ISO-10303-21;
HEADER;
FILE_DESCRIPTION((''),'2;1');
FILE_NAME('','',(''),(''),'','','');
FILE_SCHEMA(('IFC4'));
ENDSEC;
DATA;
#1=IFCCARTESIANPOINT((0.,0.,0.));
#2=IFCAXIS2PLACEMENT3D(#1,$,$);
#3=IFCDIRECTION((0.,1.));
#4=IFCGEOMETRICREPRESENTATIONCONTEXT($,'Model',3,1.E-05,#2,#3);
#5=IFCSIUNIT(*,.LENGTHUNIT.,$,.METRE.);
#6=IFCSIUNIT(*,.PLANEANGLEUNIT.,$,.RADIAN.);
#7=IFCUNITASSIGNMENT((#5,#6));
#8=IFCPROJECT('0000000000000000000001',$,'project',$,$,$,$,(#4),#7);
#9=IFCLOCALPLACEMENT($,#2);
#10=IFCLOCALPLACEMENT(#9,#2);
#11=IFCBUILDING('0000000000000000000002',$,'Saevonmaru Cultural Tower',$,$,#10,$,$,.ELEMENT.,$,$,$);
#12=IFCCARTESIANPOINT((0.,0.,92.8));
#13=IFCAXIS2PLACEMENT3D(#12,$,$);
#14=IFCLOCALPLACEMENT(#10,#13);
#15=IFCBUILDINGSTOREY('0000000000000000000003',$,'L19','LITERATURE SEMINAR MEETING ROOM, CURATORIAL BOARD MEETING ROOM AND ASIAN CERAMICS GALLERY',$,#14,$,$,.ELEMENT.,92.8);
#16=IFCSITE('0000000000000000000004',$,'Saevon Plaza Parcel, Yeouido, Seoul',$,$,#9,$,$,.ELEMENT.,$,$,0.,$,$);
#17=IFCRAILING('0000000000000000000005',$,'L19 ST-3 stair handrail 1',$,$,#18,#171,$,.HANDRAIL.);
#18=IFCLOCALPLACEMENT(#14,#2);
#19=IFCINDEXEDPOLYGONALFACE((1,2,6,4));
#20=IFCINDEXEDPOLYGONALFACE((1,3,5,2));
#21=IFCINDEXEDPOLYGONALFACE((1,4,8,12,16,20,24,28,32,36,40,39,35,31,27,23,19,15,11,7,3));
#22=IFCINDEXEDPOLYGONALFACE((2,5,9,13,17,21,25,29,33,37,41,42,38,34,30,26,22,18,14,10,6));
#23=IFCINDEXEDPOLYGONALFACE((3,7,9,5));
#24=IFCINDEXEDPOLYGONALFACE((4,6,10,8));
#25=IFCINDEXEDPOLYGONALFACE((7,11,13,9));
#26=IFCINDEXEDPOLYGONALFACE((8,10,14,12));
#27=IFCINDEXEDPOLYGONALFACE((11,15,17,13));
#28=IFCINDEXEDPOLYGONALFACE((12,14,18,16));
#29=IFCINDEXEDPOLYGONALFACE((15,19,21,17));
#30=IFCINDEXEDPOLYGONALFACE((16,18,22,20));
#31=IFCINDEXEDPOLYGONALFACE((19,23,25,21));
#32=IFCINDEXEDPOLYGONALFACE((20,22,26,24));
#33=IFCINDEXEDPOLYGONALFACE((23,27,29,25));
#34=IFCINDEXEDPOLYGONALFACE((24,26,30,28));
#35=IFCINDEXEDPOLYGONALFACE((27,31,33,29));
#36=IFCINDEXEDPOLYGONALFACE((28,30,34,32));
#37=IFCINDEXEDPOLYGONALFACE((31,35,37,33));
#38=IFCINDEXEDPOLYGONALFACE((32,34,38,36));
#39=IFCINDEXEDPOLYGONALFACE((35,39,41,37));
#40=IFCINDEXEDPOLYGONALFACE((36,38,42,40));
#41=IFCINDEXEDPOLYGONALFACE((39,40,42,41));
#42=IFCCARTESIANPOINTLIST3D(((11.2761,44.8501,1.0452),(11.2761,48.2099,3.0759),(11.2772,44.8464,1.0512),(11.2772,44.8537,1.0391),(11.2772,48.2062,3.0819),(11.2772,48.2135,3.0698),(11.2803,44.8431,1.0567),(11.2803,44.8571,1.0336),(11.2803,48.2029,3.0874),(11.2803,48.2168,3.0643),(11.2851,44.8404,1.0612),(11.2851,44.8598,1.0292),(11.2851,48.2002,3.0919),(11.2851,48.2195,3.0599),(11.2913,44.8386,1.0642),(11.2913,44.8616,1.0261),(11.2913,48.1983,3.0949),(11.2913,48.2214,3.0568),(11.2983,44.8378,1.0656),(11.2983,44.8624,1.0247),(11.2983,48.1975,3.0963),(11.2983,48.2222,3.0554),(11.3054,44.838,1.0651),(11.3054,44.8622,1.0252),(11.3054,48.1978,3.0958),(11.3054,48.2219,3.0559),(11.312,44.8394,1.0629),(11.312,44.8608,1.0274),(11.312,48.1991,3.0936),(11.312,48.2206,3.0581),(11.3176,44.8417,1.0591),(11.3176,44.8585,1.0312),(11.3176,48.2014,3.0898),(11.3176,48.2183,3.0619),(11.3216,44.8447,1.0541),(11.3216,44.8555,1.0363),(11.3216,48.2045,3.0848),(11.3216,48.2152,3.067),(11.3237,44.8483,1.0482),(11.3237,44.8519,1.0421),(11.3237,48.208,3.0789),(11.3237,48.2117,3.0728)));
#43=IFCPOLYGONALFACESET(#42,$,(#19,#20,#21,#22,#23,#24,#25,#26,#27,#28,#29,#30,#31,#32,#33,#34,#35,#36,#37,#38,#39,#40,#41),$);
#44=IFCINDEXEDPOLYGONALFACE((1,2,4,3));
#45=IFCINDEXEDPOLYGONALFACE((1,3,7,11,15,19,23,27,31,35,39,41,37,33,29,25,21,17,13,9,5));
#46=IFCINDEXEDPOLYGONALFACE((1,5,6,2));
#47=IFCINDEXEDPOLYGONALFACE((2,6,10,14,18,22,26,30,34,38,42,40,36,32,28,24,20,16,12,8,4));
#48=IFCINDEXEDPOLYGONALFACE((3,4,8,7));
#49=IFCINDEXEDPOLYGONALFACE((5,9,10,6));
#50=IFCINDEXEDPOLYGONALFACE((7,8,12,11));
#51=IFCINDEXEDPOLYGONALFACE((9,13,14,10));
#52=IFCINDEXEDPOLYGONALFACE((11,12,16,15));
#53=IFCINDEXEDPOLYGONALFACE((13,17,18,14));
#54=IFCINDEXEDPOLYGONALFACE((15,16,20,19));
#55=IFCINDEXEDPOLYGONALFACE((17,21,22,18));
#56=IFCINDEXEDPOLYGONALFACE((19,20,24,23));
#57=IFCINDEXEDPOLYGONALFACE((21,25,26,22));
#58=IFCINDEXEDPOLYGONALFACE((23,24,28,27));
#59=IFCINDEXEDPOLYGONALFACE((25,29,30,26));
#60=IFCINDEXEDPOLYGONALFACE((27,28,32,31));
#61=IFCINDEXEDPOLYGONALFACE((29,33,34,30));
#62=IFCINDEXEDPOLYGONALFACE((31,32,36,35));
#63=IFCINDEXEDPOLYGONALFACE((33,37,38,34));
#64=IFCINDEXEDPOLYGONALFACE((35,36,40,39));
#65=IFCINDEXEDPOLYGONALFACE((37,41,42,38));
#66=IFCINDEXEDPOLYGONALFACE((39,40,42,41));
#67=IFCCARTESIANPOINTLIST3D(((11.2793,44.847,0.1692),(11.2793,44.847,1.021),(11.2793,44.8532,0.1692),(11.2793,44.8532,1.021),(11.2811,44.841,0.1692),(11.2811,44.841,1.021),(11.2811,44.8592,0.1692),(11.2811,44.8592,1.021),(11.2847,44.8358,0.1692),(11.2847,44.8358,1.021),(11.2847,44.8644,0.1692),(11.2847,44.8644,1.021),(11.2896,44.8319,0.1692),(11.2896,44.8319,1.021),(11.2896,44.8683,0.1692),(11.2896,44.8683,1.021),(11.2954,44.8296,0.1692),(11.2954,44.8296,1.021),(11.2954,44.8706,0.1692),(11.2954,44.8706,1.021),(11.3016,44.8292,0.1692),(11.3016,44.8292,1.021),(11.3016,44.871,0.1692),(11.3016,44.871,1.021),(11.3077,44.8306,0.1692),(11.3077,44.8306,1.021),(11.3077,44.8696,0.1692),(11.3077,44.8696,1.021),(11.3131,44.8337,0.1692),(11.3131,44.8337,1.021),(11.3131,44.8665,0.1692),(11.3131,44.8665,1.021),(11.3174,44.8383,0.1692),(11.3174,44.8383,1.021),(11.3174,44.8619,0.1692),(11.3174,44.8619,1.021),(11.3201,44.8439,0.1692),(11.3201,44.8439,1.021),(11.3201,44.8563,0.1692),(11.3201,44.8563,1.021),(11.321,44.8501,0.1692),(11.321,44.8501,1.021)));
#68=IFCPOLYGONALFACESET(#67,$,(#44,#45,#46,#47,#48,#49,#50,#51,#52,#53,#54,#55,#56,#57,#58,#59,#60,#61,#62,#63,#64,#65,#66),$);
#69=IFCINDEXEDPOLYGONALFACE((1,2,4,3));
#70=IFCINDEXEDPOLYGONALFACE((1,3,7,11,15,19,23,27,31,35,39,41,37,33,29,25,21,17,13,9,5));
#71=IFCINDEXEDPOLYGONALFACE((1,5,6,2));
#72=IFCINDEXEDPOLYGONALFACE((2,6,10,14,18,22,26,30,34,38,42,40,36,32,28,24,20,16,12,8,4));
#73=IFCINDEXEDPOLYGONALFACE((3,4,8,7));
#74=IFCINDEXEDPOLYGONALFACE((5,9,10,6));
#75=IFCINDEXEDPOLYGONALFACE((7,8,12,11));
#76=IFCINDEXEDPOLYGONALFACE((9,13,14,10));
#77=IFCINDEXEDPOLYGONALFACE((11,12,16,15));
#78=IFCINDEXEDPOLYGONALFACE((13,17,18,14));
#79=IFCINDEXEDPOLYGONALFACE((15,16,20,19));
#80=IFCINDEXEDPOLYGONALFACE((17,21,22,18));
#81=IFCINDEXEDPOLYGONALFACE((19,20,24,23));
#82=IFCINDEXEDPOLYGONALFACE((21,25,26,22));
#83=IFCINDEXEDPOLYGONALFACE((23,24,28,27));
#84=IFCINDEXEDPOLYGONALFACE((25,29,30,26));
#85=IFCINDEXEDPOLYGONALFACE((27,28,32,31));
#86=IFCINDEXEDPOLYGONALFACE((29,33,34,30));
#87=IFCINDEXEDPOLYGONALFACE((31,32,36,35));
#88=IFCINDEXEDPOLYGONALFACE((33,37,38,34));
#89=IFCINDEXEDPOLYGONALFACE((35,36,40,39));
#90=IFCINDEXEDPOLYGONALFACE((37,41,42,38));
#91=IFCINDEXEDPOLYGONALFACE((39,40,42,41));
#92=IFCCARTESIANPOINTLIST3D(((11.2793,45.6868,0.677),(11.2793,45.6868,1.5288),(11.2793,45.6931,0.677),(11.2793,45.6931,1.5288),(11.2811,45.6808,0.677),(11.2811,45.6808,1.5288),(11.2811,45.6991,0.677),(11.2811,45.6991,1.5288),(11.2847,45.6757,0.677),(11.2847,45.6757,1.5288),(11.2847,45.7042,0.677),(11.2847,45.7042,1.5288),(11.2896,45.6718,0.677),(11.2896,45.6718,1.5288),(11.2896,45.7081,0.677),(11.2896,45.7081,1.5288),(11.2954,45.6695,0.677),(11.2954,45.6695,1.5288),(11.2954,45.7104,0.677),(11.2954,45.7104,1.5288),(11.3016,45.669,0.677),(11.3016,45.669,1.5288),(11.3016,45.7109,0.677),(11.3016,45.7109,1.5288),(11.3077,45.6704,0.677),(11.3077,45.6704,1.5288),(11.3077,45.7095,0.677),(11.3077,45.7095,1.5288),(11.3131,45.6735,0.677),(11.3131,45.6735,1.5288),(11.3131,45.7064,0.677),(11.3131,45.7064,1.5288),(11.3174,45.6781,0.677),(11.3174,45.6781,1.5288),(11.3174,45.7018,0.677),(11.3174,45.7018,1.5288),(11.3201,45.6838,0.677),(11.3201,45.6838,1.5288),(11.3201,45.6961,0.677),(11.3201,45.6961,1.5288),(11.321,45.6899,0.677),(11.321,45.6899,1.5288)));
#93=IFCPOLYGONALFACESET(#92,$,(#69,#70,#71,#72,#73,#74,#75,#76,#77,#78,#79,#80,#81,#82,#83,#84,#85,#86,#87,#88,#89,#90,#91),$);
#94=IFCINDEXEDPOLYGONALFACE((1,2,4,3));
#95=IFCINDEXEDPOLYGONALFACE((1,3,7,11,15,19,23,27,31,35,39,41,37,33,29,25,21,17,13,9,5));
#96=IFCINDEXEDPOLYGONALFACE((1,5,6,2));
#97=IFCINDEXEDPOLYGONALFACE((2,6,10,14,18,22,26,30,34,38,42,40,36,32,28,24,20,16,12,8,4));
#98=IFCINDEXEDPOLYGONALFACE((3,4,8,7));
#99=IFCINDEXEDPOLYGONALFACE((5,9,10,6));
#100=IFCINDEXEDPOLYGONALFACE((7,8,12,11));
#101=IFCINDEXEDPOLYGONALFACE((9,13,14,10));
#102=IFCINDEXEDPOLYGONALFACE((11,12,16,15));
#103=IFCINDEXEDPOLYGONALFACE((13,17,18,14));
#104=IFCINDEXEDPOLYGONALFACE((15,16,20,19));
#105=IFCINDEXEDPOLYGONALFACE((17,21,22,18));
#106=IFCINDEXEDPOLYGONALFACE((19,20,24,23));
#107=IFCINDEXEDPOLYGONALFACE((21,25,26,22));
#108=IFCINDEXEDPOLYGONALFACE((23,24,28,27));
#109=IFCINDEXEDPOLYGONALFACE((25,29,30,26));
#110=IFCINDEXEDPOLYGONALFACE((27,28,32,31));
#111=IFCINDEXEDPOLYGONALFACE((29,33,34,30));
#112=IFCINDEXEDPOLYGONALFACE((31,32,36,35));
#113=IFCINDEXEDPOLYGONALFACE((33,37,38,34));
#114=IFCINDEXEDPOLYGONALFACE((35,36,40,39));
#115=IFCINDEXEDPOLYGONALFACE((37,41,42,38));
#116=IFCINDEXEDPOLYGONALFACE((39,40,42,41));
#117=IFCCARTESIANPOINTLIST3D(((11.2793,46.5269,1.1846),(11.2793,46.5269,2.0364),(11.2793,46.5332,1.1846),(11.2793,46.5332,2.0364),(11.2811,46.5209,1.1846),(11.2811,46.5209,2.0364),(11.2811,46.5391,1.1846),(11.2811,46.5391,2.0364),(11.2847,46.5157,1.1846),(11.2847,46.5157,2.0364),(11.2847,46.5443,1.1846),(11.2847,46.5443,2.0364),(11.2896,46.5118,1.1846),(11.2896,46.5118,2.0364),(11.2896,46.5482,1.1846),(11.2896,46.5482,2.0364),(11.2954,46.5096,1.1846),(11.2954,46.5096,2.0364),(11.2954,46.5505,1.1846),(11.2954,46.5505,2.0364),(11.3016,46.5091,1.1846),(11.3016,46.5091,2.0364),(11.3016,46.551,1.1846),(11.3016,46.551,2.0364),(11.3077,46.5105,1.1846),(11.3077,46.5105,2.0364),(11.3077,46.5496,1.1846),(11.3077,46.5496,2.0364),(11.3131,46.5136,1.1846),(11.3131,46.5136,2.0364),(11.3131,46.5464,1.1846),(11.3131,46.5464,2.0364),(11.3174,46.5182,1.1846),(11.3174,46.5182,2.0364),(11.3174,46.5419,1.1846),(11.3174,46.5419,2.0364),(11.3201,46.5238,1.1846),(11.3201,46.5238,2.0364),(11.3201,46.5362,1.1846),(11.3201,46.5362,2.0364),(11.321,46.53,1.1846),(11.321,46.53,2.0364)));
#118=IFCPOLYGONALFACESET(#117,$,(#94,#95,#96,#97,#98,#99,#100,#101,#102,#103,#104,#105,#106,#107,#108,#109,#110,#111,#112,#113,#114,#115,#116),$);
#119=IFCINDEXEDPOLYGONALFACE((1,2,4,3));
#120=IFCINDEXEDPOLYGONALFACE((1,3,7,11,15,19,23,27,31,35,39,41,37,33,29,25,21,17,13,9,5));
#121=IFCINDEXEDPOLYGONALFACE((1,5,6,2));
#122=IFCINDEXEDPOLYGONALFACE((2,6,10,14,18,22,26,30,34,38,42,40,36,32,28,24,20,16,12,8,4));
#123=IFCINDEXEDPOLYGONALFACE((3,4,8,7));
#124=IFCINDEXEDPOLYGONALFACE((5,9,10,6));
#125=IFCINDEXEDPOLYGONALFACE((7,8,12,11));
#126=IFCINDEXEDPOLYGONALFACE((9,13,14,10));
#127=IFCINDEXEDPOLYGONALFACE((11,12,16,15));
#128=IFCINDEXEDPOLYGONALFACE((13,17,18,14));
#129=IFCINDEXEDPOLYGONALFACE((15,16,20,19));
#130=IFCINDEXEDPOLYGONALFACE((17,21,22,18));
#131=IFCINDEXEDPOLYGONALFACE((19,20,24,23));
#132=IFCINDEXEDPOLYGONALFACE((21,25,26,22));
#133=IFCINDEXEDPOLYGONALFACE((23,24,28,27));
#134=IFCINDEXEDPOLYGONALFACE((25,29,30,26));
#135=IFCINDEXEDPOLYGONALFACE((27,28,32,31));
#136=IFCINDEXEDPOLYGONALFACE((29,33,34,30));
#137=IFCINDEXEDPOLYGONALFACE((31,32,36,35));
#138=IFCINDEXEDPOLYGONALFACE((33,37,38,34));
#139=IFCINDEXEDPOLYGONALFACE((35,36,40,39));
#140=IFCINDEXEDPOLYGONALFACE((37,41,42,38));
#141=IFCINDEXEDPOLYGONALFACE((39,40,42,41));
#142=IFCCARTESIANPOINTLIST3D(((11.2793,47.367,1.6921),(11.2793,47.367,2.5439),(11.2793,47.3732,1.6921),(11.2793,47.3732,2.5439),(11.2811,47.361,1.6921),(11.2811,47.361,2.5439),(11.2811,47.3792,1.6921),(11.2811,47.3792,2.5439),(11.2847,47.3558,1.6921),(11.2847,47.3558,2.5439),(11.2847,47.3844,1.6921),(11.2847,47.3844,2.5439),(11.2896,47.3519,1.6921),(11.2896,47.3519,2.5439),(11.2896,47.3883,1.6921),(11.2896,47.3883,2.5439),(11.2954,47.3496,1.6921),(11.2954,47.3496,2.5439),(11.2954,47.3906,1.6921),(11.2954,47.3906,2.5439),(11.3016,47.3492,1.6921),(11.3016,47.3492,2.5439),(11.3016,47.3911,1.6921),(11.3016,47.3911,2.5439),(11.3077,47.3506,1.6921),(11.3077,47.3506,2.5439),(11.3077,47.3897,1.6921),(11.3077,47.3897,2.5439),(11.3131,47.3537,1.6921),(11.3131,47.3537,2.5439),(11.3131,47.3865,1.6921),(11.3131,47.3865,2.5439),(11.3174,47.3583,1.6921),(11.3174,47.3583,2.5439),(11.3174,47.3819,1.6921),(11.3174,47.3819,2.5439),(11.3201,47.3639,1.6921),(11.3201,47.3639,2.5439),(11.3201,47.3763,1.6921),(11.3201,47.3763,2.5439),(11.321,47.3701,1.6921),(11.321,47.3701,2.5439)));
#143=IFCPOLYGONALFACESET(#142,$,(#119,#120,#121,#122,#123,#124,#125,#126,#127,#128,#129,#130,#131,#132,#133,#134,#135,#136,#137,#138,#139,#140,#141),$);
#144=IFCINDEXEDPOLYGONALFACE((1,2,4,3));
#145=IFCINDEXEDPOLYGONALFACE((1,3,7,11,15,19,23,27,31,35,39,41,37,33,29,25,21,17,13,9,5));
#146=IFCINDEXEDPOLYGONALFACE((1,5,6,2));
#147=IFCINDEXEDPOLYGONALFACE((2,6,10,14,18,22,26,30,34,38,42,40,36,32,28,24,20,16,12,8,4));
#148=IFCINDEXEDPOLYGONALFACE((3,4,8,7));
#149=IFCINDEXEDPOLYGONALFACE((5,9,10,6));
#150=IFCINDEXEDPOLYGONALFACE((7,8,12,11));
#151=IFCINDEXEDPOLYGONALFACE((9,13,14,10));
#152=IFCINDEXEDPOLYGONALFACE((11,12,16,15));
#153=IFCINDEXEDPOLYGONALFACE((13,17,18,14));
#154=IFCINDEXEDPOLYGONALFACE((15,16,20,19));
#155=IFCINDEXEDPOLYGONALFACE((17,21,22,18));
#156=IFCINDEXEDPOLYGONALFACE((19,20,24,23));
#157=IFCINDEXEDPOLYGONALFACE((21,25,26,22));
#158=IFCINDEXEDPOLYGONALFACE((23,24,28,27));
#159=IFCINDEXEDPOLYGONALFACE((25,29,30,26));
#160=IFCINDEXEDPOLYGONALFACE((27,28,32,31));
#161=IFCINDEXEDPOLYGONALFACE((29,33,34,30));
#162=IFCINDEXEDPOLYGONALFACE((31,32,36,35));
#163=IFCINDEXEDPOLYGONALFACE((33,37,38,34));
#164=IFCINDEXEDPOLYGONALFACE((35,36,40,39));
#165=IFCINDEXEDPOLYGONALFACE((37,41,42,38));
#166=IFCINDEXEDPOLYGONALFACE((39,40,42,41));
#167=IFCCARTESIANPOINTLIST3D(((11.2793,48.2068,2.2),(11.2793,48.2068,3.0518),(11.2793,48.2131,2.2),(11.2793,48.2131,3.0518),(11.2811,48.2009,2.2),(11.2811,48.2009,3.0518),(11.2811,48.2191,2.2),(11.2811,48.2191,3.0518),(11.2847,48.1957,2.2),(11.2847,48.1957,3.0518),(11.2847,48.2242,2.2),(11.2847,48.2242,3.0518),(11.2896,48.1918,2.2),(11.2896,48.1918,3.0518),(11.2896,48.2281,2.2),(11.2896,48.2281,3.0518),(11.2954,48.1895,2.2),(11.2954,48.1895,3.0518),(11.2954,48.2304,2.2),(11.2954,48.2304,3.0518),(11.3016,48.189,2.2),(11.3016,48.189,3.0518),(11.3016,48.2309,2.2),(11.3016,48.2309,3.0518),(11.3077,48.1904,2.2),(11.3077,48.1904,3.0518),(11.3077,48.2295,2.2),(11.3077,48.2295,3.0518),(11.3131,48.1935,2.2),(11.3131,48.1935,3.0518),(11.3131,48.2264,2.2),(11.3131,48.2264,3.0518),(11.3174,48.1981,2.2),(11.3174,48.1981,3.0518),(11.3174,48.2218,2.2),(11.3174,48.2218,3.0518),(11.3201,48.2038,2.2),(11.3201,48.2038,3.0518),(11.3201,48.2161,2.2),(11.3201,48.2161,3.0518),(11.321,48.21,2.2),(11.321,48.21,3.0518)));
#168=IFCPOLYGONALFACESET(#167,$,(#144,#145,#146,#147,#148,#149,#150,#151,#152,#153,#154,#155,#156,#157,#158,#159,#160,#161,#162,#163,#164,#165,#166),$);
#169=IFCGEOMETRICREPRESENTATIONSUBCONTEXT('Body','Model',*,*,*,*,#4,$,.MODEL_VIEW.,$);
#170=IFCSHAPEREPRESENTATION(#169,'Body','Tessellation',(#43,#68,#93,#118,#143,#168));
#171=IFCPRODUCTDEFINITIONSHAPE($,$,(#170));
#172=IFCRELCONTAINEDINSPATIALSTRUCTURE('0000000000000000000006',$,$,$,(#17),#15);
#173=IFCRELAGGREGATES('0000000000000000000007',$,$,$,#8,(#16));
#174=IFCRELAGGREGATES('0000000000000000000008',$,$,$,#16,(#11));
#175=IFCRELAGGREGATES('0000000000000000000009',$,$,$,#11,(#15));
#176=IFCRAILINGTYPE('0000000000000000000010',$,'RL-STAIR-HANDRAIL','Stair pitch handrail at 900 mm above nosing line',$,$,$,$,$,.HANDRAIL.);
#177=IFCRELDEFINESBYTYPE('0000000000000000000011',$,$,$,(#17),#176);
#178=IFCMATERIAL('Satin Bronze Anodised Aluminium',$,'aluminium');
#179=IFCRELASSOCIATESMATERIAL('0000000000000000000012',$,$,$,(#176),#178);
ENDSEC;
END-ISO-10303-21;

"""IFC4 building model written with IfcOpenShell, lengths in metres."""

from ifc_helpers import new_model, si_unit, direction, frame, origin, origin_2d, place, context, subcontext, project, spatial, circle, extrude, material, type_object, element, save


model = new_model("IFC4")

# Units and contexts
model_context = context("Model", 3, precision=1e-05, world=origin(), true_north=direction((0.0, 1.0)))
body_context = subcontext(model_context, "Body", "Model", "MODEL_VIEW")
ifc_project = project(units=[si_unit("LENGTHUNIT", "METRE"), si_unit("PLANEANGLEUNIT", "RADIAN")], contexts=[model_context])

# Site, building, storey
site_placement = place(None, origin())
site = spatial("IfcSite", under=ifc_project, at=site_placement, Name="Saevon Plaza Parcel, Yeouido, Seoul", CompositionType="ELEMENT", RefElevation=0.0)
building_placement = place(site_placement, origin())
building = spatial("IfcBuilding", under=site, at=building_placement, Name="Saevonmaru Cultural Tower", CompositionType="ELEMENT")
storey_placement = place(building_placement, frame((0.0, 0.0, 92.8)))
storey = spatial("IfcBuildingStorey", under=building, at=storey_placement, Name="L19", Description="LITERATURE SEMINAR MEETING ROOM, CURATORIAL BOARD MEETING ROOM AND ASIAN CERAMICS GALLERY", CompositionType="ELEMENT", Elevation=92.8)

# Shared definitions
ifc_material_1 = material(Name="Satin Bronze Anodised Aluminium", Category="aluminium")

# Railing
railing_type_1 = type_object("IfcRailingType", Name="RL-STAIR-HANDRAIL", Description="Stair pitch handrail at 900 mm above nosing line", PredefinedType="HANDRAIL", material=ifc_material_1)
railing_1_placement = place(storey_placement, frame((11.3, 44.8501, 0.1692)))
element("IfcRailing", 1, at=railing_1_placement, inside=storey, type_object=railing_type_1, Name="L19 ST-3 stair handrail 1", PredefinedType="HANDRAIL", context=body_context, shape_type="SweptSolid", body=[
    extrude(circle(Radius=0.0239, at=origin_2d()), frame((0.0, 0.0, 0.876), z_axis=(0.0, 0.85582, 0.517273), x_axis=(-1.0, 0.0, 0.0)), (0.0, 0.0, 1.0), 3.9258),
    extrude(circle(Radius=0.021, at=origin_2d()), origin(), (0.0, 0.0, 1.0), 0.8518),
    extrude(circle(Radius=0.021, at=origin_2d()), frame((0.0, 0.8398, 0.5078)), (0.0, 0.0, 1.0), 0.8518),
    extrude(circle(Radius=0.021, at=origin_2d()), frame((0.0, 1.6799, 1.0154)), (0.0, 0.0, 1.0), 0.8518),
    extrude(circle(Radius=0.021, at=origin_2d()), frame((0.0, 2.52, 1.5229)), (0.0, 0.0, 1.0), 0.8518),
    extrude(circle(Radius=0.021, at=origin_2d()), frame((0.0, 3.3599, 2.0308)), (0.0, 0.0, 1.0), 0.8518),
])

save(model, "model.ifc")
